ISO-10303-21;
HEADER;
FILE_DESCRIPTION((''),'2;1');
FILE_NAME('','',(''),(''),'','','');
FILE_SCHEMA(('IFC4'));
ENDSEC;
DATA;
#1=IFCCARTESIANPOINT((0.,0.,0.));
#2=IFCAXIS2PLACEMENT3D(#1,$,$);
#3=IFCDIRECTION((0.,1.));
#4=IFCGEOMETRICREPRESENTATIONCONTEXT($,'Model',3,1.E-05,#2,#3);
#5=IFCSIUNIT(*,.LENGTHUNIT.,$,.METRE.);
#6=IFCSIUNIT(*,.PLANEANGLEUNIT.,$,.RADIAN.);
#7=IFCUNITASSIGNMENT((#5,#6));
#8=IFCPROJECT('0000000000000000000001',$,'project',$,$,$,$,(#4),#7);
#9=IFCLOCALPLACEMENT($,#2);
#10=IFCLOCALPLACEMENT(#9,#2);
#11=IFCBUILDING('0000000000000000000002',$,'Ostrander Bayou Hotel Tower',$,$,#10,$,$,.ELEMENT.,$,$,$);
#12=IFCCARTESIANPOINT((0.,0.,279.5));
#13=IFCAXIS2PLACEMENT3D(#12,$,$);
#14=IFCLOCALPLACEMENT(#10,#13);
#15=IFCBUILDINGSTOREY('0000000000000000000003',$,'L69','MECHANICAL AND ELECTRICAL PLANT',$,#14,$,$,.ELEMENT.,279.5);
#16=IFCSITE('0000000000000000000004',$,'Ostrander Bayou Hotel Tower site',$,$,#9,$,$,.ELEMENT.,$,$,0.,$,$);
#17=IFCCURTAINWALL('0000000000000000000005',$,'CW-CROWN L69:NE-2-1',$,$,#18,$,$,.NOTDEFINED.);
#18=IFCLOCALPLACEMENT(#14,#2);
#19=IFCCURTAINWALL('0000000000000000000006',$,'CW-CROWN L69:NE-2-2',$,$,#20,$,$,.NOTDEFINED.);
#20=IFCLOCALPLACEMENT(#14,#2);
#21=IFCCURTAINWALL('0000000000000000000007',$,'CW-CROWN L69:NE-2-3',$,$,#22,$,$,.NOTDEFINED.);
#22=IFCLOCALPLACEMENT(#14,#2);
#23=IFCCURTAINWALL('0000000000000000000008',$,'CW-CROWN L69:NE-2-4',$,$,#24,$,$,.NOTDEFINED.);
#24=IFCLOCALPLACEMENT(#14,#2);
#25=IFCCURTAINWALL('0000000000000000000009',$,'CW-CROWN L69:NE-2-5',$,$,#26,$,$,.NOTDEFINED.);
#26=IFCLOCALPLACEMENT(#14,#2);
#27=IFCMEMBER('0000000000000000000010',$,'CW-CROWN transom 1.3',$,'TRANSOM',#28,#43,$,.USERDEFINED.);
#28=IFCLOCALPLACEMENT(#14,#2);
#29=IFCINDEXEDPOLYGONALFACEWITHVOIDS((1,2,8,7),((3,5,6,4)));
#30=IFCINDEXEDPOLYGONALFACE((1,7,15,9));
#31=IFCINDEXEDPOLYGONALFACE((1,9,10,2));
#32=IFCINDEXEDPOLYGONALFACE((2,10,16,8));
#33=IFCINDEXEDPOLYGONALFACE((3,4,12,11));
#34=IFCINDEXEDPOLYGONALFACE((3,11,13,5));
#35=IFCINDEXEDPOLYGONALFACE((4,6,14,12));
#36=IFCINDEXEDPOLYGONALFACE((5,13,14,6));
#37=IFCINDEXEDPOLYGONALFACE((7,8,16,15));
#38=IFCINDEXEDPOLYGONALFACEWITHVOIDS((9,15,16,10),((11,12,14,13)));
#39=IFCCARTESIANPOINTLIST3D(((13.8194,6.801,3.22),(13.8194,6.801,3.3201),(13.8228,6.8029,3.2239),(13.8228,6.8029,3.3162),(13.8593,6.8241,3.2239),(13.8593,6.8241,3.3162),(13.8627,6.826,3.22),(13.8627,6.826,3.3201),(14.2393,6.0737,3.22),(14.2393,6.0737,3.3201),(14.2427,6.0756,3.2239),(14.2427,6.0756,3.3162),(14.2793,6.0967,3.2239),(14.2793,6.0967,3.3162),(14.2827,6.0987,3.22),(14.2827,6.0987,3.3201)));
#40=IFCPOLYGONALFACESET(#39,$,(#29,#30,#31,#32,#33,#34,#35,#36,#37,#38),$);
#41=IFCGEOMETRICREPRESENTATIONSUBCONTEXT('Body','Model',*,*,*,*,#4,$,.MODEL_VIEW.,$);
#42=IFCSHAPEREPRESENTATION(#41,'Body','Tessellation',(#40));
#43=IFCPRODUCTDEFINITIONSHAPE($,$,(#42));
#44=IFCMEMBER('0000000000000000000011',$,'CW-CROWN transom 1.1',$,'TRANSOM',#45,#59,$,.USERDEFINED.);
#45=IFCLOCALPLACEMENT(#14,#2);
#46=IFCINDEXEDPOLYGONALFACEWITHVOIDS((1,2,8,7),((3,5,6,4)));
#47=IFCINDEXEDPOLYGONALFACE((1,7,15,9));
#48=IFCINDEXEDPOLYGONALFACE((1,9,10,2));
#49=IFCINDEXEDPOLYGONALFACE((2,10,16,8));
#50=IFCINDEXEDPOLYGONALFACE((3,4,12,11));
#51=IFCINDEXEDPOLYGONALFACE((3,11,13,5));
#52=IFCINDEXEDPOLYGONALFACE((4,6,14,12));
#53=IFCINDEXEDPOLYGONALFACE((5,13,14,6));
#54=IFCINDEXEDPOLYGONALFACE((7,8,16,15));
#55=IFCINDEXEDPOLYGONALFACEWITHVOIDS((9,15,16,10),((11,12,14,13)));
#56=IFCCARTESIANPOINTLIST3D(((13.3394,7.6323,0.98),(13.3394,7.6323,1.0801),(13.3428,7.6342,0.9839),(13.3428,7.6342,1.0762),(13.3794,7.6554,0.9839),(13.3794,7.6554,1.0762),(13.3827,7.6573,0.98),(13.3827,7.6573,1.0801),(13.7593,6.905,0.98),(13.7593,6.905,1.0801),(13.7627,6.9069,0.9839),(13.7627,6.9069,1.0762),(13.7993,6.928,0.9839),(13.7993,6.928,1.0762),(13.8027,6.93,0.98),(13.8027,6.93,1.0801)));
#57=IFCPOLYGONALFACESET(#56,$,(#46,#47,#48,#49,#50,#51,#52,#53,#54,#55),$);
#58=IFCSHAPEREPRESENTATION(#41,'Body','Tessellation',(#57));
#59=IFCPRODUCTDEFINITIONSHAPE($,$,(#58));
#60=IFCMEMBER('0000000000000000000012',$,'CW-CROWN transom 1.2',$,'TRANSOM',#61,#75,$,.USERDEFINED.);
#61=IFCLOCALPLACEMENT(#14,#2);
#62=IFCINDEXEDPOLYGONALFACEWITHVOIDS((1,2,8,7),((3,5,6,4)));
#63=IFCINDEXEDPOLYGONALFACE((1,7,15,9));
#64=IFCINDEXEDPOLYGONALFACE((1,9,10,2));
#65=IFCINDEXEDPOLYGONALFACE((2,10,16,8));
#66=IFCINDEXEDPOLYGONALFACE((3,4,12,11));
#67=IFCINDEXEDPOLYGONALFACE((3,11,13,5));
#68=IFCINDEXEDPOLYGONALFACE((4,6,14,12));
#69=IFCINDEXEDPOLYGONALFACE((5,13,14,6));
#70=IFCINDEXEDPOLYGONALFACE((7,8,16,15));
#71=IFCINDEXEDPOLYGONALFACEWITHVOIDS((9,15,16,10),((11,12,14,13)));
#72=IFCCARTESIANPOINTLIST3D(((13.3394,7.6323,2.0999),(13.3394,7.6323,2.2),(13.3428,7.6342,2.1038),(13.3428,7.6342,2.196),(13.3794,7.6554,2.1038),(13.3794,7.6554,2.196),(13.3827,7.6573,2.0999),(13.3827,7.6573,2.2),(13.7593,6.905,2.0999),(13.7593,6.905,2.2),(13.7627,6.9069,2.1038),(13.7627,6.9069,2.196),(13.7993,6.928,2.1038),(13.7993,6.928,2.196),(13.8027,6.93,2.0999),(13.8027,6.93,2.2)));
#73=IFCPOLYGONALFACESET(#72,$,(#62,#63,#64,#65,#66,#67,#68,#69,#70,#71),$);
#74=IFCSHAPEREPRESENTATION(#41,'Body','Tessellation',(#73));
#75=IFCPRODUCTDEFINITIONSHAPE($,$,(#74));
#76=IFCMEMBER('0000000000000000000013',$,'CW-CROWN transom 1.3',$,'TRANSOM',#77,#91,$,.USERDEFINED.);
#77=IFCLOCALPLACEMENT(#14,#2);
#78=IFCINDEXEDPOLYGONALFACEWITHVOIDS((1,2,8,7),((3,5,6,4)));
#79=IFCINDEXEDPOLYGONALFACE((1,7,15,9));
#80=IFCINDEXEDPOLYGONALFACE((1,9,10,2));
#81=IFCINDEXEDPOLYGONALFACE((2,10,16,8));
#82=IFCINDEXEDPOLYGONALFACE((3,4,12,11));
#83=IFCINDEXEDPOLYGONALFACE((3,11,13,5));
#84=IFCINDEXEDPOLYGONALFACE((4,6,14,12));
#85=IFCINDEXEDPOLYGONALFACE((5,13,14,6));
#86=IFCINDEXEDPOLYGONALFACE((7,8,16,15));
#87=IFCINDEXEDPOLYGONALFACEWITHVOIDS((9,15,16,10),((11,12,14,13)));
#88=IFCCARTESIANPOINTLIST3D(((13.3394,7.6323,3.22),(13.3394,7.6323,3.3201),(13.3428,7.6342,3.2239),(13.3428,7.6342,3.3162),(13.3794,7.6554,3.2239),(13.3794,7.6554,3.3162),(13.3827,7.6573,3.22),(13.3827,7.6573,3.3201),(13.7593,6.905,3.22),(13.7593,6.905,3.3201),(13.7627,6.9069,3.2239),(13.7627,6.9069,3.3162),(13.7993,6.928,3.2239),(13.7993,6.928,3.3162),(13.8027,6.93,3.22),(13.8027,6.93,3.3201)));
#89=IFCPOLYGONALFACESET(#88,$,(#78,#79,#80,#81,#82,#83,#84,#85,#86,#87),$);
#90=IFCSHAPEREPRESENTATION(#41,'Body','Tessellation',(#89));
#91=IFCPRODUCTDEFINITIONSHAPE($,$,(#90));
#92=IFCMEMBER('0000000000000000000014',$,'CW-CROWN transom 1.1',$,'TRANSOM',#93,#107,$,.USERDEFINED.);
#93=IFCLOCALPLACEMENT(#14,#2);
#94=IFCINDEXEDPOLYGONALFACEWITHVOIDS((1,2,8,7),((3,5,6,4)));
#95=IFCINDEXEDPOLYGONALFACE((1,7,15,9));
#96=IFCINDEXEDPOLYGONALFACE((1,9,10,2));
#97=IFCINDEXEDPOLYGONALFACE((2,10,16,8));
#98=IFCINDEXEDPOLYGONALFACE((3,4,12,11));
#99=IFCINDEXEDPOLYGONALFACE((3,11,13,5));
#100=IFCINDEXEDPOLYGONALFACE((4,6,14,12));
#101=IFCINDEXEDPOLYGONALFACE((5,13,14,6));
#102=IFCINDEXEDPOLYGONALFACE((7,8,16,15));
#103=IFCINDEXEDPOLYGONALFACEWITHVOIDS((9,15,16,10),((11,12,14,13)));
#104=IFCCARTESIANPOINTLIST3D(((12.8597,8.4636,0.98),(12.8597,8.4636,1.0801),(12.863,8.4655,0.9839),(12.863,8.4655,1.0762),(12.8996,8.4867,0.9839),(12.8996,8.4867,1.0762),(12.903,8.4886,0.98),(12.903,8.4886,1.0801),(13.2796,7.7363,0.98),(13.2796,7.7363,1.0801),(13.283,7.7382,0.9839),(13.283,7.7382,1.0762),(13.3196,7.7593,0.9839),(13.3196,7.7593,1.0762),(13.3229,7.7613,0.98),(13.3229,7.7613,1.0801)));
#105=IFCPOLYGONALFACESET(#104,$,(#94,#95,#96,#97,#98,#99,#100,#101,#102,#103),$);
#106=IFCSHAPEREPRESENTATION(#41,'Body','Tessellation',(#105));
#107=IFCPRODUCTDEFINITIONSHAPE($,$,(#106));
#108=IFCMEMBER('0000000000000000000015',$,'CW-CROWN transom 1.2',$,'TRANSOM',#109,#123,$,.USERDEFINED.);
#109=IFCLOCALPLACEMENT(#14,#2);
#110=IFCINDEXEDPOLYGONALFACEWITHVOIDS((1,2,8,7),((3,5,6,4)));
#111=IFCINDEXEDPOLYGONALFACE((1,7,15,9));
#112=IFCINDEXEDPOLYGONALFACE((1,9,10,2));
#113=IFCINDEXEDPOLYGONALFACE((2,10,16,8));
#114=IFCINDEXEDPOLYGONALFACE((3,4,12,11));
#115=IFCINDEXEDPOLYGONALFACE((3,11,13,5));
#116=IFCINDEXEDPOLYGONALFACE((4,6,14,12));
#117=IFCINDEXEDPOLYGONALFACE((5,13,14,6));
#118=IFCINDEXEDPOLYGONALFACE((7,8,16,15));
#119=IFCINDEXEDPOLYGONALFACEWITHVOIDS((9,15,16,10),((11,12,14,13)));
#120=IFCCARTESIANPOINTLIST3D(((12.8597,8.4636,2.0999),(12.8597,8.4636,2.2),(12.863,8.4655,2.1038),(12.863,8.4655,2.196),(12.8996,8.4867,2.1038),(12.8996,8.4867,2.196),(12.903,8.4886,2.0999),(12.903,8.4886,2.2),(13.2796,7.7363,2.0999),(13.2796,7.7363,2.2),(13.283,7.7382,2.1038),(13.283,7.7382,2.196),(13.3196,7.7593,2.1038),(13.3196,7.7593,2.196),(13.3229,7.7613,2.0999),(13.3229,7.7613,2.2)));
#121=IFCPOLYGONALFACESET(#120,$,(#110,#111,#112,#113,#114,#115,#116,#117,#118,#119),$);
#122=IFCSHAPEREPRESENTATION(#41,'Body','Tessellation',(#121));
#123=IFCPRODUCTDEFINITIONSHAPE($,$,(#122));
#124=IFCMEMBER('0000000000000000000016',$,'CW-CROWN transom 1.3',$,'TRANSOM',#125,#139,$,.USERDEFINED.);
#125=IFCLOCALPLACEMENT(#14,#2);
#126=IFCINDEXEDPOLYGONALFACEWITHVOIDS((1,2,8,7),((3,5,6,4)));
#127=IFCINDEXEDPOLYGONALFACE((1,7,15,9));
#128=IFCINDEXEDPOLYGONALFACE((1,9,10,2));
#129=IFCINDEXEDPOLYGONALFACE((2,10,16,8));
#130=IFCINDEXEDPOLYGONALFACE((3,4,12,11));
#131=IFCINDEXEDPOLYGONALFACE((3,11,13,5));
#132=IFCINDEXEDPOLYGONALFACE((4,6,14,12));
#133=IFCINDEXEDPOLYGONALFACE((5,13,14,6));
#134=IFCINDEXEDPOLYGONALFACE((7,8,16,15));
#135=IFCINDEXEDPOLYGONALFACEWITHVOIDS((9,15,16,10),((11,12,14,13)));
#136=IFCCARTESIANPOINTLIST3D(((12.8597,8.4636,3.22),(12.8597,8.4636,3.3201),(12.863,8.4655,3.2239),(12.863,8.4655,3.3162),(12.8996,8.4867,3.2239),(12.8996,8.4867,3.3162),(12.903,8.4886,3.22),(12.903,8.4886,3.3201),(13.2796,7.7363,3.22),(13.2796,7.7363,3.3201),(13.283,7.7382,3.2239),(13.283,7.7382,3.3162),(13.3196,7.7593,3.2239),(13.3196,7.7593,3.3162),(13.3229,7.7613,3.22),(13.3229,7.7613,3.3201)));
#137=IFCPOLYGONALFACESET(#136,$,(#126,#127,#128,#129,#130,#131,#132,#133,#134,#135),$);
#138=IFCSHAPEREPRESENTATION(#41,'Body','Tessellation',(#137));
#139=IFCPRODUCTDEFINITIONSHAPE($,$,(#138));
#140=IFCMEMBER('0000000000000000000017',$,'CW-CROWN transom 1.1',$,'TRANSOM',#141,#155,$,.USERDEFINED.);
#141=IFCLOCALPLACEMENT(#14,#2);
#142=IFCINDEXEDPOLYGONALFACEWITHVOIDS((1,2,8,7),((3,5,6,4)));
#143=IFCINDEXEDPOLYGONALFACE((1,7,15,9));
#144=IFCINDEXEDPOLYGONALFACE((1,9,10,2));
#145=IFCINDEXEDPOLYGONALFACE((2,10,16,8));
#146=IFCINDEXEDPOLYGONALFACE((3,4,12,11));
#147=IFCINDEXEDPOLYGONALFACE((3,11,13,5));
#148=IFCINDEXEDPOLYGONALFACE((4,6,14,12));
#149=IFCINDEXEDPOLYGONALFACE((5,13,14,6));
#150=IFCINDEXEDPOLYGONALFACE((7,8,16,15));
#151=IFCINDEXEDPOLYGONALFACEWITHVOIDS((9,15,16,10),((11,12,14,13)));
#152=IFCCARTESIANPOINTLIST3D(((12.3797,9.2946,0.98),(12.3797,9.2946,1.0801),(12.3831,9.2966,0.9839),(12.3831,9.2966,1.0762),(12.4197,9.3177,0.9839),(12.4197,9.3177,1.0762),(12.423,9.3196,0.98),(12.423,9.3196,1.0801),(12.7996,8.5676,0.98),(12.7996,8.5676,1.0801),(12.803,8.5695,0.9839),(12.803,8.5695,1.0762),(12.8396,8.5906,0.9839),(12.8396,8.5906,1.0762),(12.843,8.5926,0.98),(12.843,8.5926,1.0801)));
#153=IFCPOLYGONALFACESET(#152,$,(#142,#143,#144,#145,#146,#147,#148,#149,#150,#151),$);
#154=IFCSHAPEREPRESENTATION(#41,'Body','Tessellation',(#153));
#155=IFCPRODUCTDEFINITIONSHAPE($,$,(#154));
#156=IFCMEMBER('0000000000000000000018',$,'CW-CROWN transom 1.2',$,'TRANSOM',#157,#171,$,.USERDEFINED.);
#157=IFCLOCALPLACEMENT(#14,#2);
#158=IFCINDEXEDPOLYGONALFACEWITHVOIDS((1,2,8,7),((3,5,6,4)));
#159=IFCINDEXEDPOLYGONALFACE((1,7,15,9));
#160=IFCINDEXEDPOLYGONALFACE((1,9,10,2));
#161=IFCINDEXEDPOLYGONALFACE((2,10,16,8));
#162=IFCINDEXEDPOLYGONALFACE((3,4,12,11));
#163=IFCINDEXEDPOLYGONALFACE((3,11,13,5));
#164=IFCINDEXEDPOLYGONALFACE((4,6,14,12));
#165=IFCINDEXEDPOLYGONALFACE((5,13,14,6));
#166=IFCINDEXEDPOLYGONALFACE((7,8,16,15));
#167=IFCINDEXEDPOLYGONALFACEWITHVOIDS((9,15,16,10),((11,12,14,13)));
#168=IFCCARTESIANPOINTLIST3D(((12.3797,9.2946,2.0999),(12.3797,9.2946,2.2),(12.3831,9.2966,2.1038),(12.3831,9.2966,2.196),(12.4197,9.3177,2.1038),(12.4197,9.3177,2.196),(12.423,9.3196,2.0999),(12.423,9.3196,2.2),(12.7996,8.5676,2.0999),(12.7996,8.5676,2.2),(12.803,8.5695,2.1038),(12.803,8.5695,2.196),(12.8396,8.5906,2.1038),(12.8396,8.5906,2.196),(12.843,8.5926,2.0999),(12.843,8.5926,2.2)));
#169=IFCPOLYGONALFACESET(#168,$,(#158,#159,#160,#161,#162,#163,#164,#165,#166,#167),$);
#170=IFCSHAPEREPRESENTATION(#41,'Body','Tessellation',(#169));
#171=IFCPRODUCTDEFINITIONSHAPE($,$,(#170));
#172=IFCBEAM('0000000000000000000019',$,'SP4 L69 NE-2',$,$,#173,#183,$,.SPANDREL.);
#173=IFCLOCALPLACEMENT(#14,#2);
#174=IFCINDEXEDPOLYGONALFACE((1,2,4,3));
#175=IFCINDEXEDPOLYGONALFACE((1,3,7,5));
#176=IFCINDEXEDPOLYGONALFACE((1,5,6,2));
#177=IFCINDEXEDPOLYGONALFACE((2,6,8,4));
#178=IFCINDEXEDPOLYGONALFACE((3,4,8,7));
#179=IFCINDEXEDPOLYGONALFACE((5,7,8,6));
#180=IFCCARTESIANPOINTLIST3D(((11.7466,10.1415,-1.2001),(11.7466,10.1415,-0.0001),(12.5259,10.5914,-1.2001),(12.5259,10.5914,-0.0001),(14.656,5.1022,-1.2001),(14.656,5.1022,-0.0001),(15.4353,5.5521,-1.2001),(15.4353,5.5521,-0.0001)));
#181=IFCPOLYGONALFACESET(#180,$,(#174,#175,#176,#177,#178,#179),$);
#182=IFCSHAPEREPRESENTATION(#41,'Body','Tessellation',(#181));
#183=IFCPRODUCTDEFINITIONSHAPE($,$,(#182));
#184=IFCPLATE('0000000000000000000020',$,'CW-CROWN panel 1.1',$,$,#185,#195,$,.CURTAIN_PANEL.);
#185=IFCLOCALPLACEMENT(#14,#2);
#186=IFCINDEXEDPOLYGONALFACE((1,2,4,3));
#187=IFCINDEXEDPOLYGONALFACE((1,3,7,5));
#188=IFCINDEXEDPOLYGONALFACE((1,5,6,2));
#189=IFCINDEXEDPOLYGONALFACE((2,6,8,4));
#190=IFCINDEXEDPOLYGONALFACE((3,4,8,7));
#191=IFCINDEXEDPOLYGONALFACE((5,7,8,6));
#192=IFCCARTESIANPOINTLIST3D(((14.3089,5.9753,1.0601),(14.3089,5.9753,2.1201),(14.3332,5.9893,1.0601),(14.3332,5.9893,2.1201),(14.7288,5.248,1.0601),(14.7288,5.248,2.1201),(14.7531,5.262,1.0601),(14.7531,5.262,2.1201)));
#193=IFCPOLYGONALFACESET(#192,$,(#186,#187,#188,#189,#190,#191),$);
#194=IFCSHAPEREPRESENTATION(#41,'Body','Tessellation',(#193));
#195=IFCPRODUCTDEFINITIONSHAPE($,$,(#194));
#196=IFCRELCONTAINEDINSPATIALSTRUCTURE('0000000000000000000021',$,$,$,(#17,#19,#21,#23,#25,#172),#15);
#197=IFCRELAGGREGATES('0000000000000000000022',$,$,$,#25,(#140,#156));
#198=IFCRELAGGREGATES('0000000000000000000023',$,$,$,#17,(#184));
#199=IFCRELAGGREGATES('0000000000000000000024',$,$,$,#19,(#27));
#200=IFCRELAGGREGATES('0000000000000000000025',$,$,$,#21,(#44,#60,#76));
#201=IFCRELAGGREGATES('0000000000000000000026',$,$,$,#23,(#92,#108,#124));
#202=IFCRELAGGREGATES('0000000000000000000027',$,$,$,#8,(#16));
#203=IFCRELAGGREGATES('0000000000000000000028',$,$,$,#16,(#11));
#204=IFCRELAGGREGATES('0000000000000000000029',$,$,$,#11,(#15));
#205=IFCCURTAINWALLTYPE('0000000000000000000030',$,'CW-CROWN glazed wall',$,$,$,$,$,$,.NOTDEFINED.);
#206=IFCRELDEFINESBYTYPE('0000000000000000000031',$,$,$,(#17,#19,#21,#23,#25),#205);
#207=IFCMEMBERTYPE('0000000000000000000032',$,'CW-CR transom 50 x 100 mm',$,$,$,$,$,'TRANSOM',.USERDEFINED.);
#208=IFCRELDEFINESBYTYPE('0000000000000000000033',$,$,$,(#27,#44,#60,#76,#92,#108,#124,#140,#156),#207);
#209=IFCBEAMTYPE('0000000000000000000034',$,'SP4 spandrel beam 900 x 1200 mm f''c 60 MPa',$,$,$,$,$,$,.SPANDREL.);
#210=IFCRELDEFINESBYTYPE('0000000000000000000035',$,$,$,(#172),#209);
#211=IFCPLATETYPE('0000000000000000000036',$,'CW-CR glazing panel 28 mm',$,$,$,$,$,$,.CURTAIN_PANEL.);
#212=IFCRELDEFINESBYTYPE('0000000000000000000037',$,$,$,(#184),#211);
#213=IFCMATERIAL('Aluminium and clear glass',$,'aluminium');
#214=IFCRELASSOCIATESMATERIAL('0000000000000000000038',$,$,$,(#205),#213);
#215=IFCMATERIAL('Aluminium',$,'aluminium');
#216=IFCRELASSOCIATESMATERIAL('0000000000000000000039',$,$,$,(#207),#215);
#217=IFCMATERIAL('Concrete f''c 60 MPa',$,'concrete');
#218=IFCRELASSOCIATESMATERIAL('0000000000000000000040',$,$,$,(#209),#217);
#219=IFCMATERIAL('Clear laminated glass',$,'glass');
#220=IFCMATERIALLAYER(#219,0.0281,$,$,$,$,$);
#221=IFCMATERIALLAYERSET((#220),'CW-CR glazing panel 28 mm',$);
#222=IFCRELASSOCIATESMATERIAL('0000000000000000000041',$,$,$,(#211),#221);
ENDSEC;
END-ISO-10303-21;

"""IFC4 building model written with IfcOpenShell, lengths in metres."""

from ifc_helpers import new_model, si_unit, direction, frame, origin, origin_2d, place, context, subcontext, project, spatial, rectangle, hollow_rectangle, extrude, material, layer, layer_set, material_profile, profile_set, type_object, element, aggregate, save


model = new_model("IFC4")

# Units and contexts
model_context = context("Model", 3, precision=1e-05, world=origin(), true_north=direction((0.0, 1.0)))
body_context = subcontext(model_context, "Body", "Model", "MODEL_VIEW")
ifc_project = project(units=[si_unit("LENGTHUNIT", "METRE"), si_unit("PLANEANGLEUNIT", "RADIAN")], contexts=[model_context])

# Site, building, storey
site_placement = place(None, origin())
site = spatial("IfcSite", under=ifc_project, at=site_placement, Name="Ostrander Bayou Hotel Tower site", CompositionType="ELEMENT", RefElevation=0.0)
building_placement = place(site_placement, origin())
building = spatial("IfcBuilding", under=site, at=building_placement, Name="Ostrander Bayou Hotel Tower", CompositionType="ELEMENT")
storey_placement = place(building_placement, frame((0.0, 0.0, 279.5)))
storey = spatial("IfcBuildingStorey", under=building, at=storey_placement, Name="L69", Description="MECHANICAL AND ELECTRICAL PLANT", CompositionType="ELEMENT", Elevation=279.5)

# Curtain wall
ifc_material_1 = material(Name="Aluminium and clear glass", Category="aluminium")
curtain_wall_type = type_object("IfcCurtainWallType", Name="CW-CROWN glazed wall", PredefinedType="NOTDEFINED", material=ifc_material_1)
curtain_wall_1_placement = place(storey_placement, origin())
curtain_wall_1 = element("IfcCurtainWall", 1, at=curtain_wall_1_placement, inside=storey, type_object=curtain_wall_type, Name="CW-CROWN L69:NE-2-1", PredefinedType="NOTDEFINED")

# Curtain walls
curtain_wall_2_placement = place(storey_placement, origin())
curtain_wall_2 = element("IfcCurtainWall", 2, at=curtain_wall_2_placement, inside=storey, type_object=curtain_wall_type, Name="CW-CROWN L69:NE-2-2", PredefinedType="NOTDEFINED")
curtain_wall_3_placement = place(storey_placement, origin())
curtain_wall_3 = element("IfcCurtainWall", 3, at=curtain_wall_3_placement, inside=storey, type_object=curtain_wall_type, Name="CW-CROWN L69:NE-2-3", PredefinedType="NOTDEFINED")
curtain_wall_4_placement = place(storey_placement, origin())
curtain_wall_4 = element("IfcCurtainWall", 4, at=curtain_wall_4_placement, inside=storey, type_object=curtain_wall_type, Name="CW-CROWN L69:NE-2-4", PredefinedType="NOTDEFINED")

# Curtain wall
curtain_wall_5_placement = place(storey_placement, origin())
curtain_wall_5 = element("IfcCurtainWall", 5, at=curtain_wall_5_placement, inside=storey, type_object=curtain_wall_type, Name="CW-CROWN L69:NE-2-5", PredefinedType="NOTDEFINED")

# Members
ifc_material_2 = material(Name="Aluminium", Category="aluminium")
ifc_material_profile_1 = material_profile(ifc_material_2, hollow_rectangle(XDim=0.05, YDim=0.1001, WallThickness=0.0039, at=origin_2d()))
ifc_profile_set_1 = profile_set([ifc_material_profile_1], Name="Aluminium")
member_type_1 = type_object("IfcMemberType", Name="CW-CR transom 50 x 100 mm", ElementType="TRANSOM", PredefinedType="USERDEFINED", material=ifc_profile_set_1)
member_1_placement = place(storey_placement, frame((14.261, 6.0862, 3.27), z_axis=(-0.500016, 0.866016, 0.0), x_axis=(-0.866016, -0.500016, 0.0)))
member_1 = element("IfcMember", 6, at=member_1_placement, type_object=member_type_1, Name="CW-CROWN transom 1.3", ObjectType="TRANSOM", PredefinedType="USERDEFINED", context=body_context, shape_type="SweptSolid", body=[
    extrude(hollow_rectangle(XDim=0.05, YDim=0.1001, WallThickness=0.0039, at=origin_2d()), origin(), (0.0, 0.0, 1.0), 0.8398),
])
member_2_placement = place(storey_placement, frame((13.781, 6.9175, 1.03), z_axis=(-0.500016, 0.866016, 0.0), x_axis=(-0.866016, -0.500016, 0.0)))
member_2 = element("IfcMember", 7, at=member_2_placement, type_object=member_type_1, Name="CW-CROWN transom 1.1", ObjectType="TRANSOM", PredefinedType="USERDEFINED", context=body_context, shape_type="SweptSolid", body=[
    extrude(hollow_rectangle(XDim=0.05, YDim=0.1001, WallThickness=0.0039, at=origin_2d()), origin(), (0.0, 0.0, 1.0), 0.8398),
])
member_3_placement = place(storey_placement, frame((13.781, 6.9175, 2.1499), z_axis=(-0.500016, 0.866016, 0.0), x_axis=(-0.866016, -0.500016, 0.0)))
member_3 = element("IfcMember", 8, at=member_3_placement, type_object=member_type_1, Name="CW-CROWN transom 1.2", ObjectType="TRANSOM", PredefinedType="USERDEFINED", context=body_context, shape_type="SweptSolid", body=[
    extrude(hollow_rectangle(XDim=0.05, YDim=0.1001, WallThickness=0.0039, at=origin_2d()), origin(), (0.0, 0.0, 1.0), 0.8398),
])
member_4_placement = place(storey_placement, frame((13.781, 6.9175, 3.27), z_axis=(-0.500016, 0.866016, 0.0), x_axis=(-0.866016, -0.500016, 0.0)))
member_4 = element("IfcMember", 9, at=member_4_placement, type_object=member_type_1, Name="CW-CROWN transom 1.3", ObjectType="TRANSOM", PredefinedType="USERDEFINED", context=body_context, shape_type="SweptSolid", body=[
    extrude(hollow_rectangle(XDim=0.05, YDim=0.1001, WallThickness=0.0039, at=origin_2d()), origin(), (0.0, 0.0, 1.0), 0.8398),
])
member_5_placement = place(storey_placement, frame((13.3013, 7.7488, 1.03), z_axis=(-0.500016, 0.866016, 0.0), x_axis=(-0.866016, -0.500016, 0.0)))
member_5 = element("IfcMember", 10, at=member_5_placement, type_object=member_type_1, Name="CW-CROWN transom 1.1", ObjectType="TRANSOM", PredefinedType="USERDEFINED", context=body_context, shape_type="SweptSolid", body=[
    extrude(hollow_rectangle(XDim=0.05, YDim=0.1001, WallThickness=0.0039, at=origin_2d()), origin(), (0.0, 0.0, 1.0), 0.8398),
])
member_6_placement = place(storey_placement, frame((13.3013, 7.7488, 2.1499), z_axis=(-0.500016, 0.866016, 0.0), x_axis=(-0.866016, -0.500016, 0.0)))
member_6 = element("IfcMember", 11, at=member_6_placement, type_object=member_type_1, Name="CW-CROWN transom 1.2", ObjectType="TRANSOM", PredefinedType="USERDEFINED", context=body_context, shape_type="SweptSolid", body=[
    extrude(hollow_rectangle(XDim=0.05, YDim=0.1001, WallThickness=0.0039, at=origin_2d()), origin(), (0.0, 0.0, 1.0), 0.8398),
])
member_7_placement = place(storey_placement, frame((13.3013, 7.7488, 3.27), z_axis=(-0.500016, 0.866016, 0.0), x_axis=(-0.866016, -0.500016, 0.0)))
member_7 = element("IfcMember", 12, at=member_7_placement, type_object=member_type_1, Name="CW-CROWN transom 1.3", ObjectType="TRANSOM", PredefinedType="USERDEFINED", context=body_context, shape_type="SweptSolid", body=[
    extrude(hollow_rectangle(XDim=0.05, YDim=0.1001, WallThickness=0.0039, at=origin_2d()), origin(), (0.0, 0.0, 1.0), 0.8398),
])
member_8_placement = place(storey_placement, frame((12.8213, 8.5801, 1.03), z_axis=(-0.500142, 0.865943, 0.0), x_axis=(-0.865943, -0.500142, 0.0)))
member_8 = element("IfcMember", 13, at=member_8_placement, type_object=member_type_1, Name="CW-CROWN transom 1.1", ObjectType="TRANSOM", PredefinedType="USERDEFINED", context=body_context, shape_type="SweptSolid", body=[
    extrude(hollow_rectangle(XDim=0.05, YDim=0.1001, WallThickness=0.0039, at=origin_2d()), origin(), (0.0, 0.0, 1.0), 0.8396),
])
member_9_placement = place(storey_placement, frame((12.8213, 8.5801, 2.1499), z_axis=(-0.500142, 0.865943, 0.0), x_axis=(-0.865943, -0.500142, 0.0)))
member_9 = element("IfcMember", 14, at=member_9_placement, type_object=member_type_1, Name="CW-CROWN transom 1.2", ObjectType="TRANSOM", PredefinedType="USERDEFINED", context=body_context, shape_type="SweptSolid", body=[
    extrude(hollow_rectangle(XDim=0.05, YDim=0.1001, WallThickness=0.0039, at=origin_2d()), origin(), (0.0, 0.0, 1.0), 0.8396),
])
aggregate(curtain_wall_5, [member_8, member_9])

# Beam
ifc_material_3 = material(Name="Concrete f'c 60 MPa", Category="concrete")
ifc_material_profile_2 = material_profile(ifc_material_3, rectangle(XDim=0.8999, YDim=1.2, at=origin_2d()))
ifc_profile_set_2 = profile_set([ifc_material_profile_2], Name="Concrete f'c 60 MPa")
beam_type = type_object("IfcBeamType", Name="SP4 spandrel beam 900 x 1200 mm f'c 60 MPa", PredefinedType="SPANDREL", material=ifc_profile_set_2)
beam_placement = place(storey_placement, frame((15.0457, 5.3271, -0.6001), z_axis=(-0.499997, 0.866027, 0.0), x_axis=(-0.866027, -0.499997, 0.0)))
element("IfcBeam", 15, at=beam_placement, inside=storey, type_object=beam_type, Name="SP4 L69 NE-2", PredefinedType="SPANDREL", context=body_context, shape_type="SweptSolid", body=[
    extrude(rectangle(XDim=0.8999, YDim=1.2, at=origin_2d()), origin(), (0.0, 0.0, 1.0), 5.8188),
])

# Plate
ifc_material_4 = material(Name="Clear laminated glass", Category="glass")
ifc_layer_1 = layer(ifc_material_4, 0.0281)
ifc_layer_set_1 = layer_set([ifc_layer_1], Name="CW-CR glazing panel 28 mm")
plate_type = type_object("IfcPlateType", Name="CW-CR glazing panel 28 mm", PredefinedType="CURTAIN_PANEL", material=ifc_layer_set_1)
plate_1_placement = place(storey_placement, frame((14.531, 5.6187, 1.0601), z_axis=(0.0, 0.0, 1.0), x_axis=(-0.500005, 0.866022, 0.0)))
plate_1 = element("IfcPlate", 16, at=plate_1_placement, type_object=plate_type, Name="CW-CROWN panel 1.1", PredefinedType="CURTAIN_PANEL", context=body_context, shape_type="SweptSolid", body=[
    extrude(rectangle(XDim=0.8398, YDim=0.0281, at=origin_2d()), origin(), (0.0, 0.0, 1.0), 1.0601),
])
aggregate(curtain_wall_1, [plate_1])
aggregate(curtain_wall_2, [member_1])
aggregate(curtain_wall_3, [member_2, member_3, member_4])
aggregate(curtain_wall_4, [member_5, member_6, member_7])

save(model, "model.ifc")
